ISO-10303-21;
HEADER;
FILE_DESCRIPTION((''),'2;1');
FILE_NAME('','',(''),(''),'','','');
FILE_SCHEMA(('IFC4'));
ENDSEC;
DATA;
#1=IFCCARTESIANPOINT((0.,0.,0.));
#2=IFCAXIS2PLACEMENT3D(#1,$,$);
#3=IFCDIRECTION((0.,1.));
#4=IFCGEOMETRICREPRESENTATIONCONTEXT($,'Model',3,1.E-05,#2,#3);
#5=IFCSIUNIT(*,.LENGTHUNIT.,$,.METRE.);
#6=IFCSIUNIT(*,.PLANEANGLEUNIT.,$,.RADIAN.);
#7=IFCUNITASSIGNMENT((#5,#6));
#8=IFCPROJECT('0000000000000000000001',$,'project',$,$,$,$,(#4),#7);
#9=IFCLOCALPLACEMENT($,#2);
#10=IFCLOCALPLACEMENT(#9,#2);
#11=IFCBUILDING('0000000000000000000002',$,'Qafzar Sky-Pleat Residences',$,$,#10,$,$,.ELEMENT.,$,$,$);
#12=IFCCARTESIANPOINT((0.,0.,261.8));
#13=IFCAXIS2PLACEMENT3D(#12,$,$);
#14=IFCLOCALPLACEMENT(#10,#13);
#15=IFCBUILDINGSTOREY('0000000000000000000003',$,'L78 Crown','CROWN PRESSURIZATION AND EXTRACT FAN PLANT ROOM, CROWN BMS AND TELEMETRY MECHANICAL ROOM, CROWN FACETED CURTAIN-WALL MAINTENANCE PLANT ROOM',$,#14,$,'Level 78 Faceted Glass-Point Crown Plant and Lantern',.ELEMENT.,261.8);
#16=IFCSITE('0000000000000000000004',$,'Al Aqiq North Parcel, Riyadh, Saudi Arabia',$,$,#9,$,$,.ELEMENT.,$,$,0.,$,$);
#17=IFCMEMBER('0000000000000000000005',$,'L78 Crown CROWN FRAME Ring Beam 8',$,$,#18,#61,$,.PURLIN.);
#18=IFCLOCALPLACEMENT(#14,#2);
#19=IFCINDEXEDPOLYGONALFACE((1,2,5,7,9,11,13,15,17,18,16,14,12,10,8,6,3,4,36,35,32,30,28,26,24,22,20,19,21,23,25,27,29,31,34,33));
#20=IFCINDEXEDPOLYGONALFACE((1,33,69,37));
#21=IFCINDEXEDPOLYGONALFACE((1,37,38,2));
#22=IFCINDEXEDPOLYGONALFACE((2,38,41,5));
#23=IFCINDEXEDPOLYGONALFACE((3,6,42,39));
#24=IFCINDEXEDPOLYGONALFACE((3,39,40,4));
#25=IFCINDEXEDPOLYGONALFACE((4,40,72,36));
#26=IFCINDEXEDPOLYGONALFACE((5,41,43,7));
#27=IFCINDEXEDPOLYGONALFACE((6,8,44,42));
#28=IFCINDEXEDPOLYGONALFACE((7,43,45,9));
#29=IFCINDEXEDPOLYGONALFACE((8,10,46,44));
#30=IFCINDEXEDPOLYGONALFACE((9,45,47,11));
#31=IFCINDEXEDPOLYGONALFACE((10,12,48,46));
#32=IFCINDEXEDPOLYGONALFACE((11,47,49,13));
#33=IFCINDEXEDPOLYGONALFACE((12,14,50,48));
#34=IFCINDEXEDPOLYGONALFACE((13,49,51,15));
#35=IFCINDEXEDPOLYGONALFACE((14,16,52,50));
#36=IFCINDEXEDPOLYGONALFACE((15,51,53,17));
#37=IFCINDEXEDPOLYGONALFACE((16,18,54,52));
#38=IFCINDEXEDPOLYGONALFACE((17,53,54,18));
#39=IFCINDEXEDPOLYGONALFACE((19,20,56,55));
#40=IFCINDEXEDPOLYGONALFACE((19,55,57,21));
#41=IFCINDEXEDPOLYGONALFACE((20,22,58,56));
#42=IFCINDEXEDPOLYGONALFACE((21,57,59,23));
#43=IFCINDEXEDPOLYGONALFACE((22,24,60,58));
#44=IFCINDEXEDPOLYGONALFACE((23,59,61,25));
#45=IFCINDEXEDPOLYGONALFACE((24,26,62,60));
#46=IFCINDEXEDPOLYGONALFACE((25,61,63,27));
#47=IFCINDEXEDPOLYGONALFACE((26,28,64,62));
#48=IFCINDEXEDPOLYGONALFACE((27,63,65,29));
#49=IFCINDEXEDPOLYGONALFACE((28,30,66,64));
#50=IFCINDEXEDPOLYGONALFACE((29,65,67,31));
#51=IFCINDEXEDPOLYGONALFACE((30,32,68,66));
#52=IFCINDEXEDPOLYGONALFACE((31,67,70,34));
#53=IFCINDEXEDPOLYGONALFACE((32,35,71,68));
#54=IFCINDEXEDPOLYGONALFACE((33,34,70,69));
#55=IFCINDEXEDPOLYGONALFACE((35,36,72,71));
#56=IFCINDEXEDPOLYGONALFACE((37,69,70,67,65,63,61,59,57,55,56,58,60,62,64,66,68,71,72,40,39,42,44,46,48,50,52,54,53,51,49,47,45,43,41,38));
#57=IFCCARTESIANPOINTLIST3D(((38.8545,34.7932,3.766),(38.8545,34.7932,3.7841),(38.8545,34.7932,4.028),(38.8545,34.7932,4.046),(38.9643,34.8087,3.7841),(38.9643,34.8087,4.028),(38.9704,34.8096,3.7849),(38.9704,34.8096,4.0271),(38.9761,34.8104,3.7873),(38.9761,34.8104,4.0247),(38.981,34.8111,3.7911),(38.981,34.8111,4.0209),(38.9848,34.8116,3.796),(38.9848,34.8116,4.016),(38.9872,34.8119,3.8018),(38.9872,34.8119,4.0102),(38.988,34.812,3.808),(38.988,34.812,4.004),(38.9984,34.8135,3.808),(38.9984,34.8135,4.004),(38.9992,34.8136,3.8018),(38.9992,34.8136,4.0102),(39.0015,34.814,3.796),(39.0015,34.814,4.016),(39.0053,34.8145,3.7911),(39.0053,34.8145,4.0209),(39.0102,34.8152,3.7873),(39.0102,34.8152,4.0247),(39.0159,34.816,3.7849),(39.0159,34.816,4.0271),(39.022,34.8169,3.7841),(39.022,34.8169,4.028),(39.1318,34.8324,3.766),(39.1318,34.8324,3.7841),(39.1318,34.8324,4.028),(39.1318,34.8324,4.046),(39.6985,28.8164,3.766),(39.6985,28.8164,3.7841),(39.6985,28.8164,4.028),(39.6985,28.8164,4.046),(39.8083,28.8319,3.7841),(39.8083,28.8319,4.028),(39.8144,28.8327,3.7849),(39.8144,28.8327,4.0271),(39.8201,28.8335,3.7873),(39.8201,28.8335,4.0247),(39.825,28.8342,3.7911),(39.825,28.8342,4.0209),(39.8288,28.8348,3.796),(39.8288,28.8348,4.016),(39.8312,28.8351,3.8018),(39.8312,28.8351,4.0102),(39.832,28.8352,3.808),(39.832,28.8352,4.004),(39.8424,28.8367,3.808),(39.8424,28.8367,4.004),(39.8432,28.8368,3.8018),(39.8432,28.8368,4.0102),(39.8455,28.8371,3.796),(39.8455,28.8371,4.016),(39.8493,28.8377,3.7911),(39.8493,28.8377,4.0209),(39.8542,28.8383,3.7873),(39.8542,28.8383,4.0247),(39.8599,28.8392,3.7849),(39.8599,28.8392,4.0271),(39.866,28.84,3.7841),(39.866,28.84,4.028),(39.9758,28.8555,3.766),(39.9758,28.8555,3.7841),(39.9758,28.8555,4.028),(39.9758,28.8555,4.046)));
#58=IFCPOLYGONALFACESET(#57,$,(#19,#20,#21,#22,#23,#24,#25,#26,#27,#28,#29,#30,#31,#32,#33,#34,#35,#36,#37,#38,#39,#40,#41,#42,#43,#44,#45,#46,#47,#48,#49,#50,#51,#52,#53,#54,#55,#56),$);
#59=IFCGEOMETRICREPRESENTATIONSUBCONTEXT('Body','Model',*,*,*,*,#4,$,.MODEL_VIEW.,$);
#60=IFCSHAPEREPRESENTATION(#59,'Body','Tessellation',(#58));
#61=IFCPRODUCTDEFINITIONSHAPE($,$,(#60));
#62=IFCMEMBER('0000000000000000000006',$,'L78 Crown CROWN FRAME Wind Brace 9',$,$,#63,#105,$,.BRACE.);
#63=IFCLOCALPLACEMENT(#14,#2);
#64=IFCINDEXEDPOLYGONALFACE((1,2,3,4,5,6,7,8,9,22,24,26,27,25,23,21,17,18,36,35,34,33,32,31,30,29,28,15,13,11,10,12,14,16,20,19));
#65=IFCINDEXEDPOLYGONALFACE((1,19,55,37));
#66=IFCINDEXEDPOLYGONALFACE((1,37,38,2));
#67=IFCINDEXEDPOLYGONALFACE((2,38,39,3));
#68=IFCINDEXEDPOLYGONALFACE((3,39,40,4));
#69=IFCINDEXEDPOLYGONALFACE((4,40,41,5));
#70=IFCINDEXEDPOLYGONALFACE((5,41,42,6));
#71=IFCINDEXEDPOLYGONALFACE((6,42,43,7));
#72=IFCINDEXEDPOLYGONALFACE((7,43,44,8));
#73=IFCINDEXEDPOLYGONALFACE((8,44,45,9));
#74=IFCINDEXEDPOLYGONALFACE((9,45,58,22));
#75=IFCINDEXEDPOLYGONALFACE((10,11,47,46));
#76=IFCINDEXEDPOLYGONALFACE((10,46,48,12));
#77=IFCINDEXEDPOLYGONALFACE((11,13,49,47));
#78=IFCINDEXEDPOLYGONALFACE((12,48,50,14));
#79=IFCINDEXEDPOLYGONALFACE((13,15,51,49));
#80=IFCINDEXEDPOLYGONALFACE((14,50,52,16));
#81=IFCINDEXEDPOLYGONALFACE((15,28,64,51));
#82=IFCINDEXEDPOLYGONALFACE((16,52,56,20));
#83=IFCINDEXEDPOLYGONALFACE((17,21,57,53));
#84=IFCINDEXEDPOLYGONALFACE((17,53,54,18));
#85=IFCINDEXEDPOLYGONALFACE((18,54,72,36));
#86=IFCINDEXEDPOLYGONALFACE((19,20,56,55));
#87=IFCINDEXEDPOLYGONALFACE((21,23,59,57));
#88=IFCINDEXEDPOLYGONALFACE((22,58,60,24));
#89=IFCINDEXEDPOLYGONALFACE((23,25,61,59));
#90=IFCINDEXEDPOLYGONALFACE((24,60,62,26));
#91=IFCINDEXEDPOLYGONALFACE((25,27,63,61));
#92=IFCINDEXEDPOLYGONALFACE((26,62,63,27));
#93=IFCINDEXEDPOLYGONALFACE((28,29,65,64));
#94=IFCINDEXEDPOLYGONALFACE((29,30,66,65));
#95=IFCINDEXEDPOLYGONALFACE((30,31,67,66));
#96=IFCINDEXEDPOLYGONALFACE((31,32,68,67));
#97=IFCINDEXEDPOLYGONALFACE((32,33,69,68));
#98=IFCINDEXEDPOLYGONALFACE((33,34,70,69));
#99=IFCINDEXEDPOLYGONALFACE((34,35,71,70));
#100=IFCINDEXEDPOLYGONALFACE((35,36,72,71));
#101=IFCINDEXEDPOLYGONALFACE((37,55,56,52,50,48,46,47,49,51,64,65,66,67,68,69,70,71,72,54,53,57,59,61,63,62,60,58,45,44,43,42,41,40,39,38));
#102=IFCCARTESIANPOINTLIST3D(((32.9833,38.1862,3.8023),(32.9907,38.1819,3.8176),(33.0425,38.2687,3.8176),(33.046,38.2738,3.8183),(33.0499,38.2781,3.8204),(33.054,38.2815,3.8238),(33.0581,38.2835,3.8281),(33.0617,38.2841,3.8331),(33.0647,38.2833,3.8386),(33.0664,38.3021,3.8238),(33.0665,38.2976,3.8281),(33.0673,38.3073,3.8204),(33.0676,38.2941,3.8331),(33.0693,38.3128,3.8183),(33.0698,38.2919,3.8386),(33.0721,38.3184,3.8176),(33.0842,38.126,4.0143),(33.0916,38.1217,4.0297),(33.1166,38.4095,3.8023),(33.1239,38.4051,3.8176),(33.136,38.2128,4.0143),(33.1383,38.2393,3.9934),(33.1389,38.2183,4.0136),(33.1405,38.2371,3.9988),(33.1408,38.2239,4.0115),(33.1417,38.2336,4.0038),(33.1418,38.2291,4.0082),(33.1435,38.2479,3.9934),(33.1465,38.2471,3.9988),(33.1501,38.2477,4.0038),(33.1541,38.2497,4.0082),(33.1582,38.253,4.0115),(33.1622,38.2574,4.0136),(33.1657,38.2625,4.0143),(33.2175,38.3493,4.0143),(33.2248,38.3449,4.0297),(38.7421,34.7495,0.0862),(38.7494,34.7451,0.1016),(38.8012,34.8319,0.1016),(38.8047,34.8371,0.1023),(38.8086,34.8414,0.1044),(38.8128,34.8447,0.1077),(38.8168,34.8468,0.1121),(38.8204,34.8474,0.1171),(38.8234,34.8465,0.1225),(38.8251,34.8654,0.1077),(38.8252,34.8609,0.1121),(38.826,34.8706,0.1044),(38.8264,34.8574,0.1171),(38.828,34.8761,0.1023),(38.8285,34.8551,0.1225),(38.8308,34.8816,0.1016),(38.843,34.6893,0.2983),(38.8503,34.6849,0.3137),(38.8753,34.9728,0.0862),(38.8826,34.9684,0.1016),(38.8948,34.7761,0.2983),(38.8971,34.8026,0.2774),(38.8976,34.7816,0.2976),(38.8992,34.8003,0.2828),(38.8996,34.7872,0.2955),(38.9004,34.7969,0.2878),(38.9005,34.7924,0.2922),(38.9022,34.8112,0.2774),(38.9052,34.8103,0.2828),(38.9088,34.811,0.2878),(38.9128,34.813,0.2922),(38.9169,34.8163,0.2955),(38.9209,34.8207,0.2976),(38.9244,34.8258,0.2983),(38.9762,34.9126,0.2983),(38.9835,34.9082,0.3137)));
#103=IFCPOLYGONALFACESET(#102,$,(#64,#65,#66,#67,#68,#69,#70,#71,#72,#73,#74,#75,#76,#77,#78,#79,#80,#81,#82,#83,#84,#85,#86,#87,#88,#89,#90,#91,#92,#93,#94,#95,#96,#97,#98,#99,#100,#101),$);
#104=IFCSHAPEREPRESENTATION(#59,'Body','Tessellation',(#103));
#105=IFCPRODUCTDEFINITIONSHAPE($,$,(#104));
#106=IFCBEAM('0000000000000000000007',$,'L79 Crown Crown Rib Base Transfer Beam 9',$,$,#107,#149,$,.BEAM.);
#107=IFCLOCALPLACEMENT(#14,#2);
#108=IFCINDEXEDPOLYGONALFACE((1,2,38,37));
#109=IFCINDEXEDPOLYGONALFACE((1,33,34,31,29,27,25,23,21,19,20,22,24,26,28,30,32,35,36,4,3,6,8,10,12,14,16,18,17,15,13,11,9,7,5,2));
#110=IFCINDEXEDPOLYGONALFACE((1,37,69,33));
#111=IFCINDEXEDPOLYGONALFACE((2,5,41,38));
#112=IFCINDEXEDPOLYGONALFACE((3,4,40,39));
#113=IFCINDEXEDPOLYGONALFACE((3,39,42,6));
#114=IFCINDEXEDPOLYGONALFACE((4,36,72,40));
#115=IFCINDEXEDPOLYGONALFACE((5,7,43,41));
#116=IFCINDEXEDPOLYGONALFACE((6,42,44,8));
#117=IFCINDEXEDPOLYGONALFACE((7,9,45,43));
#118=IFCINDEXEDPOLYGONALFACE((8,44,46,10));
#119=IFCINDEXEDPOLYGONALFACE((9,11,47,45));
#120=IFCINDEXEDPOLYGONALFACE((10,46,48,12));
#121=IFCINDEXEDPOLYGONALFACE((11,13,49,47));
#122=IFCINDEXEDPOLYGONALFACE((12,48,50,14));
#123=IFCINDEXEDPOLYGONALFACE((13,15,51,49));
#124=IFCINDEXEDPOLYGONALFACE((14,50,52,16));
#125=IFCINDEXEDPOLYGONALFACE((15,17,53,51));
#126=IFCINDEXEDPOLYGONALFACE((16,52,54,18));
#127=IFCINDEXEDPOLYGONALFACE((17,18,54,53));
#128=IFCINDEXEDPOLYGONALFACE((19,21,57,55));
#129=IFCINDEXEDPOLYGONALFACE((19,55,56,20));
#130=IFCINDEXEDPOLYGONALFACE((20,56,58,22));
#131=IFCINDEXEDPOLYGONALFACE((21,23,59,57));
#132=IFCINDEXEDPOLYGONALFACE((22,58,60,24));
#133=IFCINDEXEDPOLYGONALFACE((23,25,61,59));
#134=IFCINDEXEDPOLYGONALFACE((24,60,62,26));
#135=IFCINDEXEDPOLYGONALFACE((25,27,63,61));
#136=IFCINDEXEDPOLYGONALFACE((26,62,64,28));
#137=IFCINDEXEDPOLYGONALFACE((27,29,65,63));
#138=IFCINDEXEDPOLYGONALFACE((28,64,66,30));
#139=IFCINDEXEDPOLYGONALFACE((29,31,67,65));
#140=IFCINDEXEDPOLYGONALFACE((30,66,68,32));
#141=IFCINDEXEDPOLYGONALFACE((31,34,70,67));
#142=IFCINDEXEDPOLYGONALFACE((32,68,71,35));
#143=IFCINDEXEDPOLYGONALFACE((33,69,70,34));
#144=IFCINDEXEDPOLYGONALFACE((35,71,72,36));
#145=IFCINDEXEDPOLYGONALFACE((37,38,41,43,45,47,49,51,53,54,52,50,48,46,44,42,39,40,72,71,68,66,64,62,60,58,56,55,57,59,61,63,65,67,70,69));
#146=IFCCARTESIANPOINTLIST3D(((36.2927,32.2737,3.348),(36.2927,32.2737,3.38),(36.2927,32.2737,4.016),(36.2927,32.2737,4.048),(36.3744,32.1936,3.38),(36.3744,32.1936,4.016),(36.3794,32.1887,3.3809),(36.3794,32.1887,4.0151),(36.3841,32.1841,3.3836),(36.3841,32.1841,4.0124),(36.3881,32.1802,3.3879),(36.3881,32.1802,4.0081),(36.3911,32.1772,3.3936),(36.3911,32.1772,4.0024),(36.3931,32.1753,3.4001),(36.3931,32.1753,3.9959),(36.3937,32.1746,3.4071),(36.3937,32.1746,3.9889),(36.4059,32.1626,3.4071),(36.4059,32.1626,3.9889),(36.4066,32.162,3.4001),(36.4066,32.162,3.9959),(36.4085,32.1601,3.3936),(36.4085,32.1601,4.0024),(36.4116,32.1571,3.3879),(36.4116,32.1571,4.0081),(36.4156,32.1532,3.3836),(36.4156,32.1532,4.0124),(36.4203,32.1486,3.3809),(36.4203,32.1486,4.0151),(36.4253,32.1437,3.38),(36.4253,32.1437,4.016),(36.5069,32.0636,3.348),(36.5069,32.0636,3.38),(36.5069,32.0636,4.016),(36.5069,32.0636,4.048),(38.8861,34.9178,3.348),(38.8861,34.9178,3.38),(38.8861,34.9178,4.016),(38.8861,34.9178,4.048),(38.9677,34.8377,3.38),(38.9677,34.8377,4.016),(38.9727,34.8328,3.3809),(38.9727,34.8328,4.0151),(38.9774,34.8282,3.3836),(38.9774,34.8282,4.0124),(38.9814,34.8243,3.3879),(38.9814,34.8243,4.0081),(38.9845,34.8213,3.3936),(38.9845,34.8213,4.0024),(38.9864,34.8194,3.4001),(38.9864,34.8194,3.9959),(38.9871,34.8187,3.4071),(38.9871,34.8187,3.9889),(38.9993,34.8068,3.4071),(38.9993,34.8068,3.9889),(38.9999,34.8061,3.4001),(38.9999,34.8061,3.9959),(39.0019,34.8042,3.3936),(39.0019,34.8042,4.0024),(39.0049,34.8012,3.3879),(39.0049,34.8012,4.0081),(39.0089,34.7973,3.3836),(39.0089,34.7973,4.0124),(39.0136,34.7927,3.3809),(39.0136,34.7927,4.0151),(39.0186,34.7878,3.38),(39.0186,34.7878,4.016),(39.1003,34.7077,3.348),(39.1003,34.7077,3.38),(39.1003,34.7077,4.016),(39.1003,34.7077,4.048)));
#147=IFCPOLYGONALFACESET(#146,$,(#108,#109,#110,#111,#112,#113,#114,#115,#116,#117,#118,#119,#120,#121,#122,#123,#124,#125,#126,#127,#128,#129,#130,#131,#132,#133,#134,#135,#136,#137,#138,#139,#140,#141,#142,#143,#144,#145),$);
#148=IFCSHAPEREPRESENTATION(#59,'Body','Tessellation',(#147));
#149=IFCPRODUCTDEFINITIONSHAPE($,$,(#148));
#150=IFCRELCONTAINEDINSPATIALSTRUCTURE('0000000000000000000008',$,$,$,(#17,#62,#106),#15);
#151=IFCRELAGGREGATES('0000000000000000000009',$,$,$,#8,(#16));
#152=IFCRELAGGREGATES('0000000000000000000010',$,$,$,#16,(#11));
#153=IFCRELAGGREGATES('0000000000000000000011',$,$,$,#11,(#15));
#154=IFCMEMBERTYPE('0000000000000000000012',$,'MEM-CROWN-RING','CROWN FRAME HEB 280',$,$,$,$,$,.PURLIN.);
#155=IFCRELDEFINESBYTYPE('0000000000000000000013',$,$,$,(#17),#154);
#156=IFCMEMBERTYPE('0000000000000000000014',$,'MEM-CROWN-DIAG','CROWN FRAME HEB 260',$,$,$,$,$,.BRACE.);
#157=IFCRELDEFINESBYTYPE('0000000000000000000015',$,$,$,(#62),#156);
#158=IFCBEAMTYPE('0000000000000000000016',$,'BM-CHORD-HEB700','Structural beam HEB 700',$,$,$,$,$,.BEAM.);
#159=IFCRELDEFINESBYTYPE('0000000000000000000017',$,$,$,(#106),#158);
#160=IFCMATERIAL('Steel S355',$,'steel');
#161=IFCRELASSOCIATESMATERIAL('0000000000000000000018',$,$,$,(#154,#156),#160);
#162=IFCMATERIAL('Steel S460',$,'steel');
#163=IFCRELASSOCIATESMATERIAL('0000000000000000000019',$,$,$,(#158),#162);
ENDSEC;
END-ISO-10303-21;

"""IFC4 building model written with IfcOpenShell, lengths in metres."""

from ifc_helpers import new_model, si_unit, direction, frame, origin, origin_2d, place, context, subcontext, project, spatial, i_section, extrude, source, transform, mapped, material, material_profile, profile_set, type_object, element, save


model = new_model("IFC4")

# Units and contexts
model_context = context("Model", 3, precision=1e-05, world=origin(), true_north=direction((0.0, 1.0)))
body_context = subcontext(model_context, "Body", "Model", "MODEL_VIEW")
ifc_project = project(units=[si_unit("LENGTHUNIT", "METRE"), si_unit("PLANEANGLEUNIT", "RADIAN")], contexts=[model_context])

# Site, building, storey
site_placement = place(None, origin())
site = spatial("IfcSite", under=ifc_project, at=site_placement, Name="Al Aqiq North Parcel, Riyadh, Saudi Arabia", CompositionType="ELEMENT", RefElevation=0.0)
building_placement = place(site_placement, origin())
building = spatial("IfcBuilding", under=site, at=building_placement, Name="Qafzar Sky-Pleat Residences", CompositionType="ELEMENT")
storey_placement = place(building_placement, frame((0.0, 0.0, 261.8)))
storey = spatial("IfcBuildingStorey", under=building, at=storey_placement, Name="L78 Crown", Description="CROWN PRESSURIZATION AND EXTRACT FAN PLANT ROOM, CROWN BMS AND TELEMETRY MECHANICAL ROOM, CROWN FACETED CURTAIN-WALL MAINTENANCE PLANT ROOM", LongName="Level 78 Faceted Glass-Point Crown Plant and Lantern", CompositionType="ELEMENT", Elevation=261.8)

# Members
ifc_material_1 = material(Name="Steel S460", Category="steel")
ifc_material_2 = material(Name="Steel S355", Category="steel")
ifc_material_profile_1 = material_profile(ifc_material_2, i_section(OverallWidth=0.28, OverallDepth=0.28, WebThickness=0.0105, FlangeThickness=0.0181, FilletRadius=0.0239, at=origin_2d()), Name="HEB 280")
ifc_profile_set_1 = profile_set([ifc_material_profile_1], Name="Steel S355")
member_type_1 = type_object("IfcMemberType", Name="MEM-CROWN-RING", Description="CROWN FRAME HEB 280", PredefinedType="PURLIN", material=ifc_profile_set_1)
shared_shape_1 = source(origin(), body_context, "Body", "SweptSolid", [
    extrude(i_section(OverallWidth=0.28, OverallDepth=0.28, WebThickness=0.0105, FlangeThickness=0.0181, FilletRadius=0.0239, at=origin_2d()), origin(), (0.0, 0.0, 1.0), 6.0361),
])
member_1_placement = place(storey_placement, frame((39.8372, 28.8359, 3.906), z_axis=(-0.139824, 0.990176, 0.0), x_axis=(-0.990176, -0.139824, 0.0)))
element("IfcMember", 1, at=member_1_placement, inside=storey, type_object=member_type_1, Name="L78 Crown CROWN FRAME Ring Beam 8", PredefinedType="PURLIN", context=body_context, shape_type="MappedRepresentation", body=[
    mapped(shared_shape_1, transform((0.0, 0.0, 0.0), x_axis=(1.0, 0.0, 0.0), y_axis=(0.0, 1.0, 0.0), z_axis=(0.0, 0.0, 1.0), scale=1.0)),
])
ifc_material_profile_2 = material_profile(ifc_material_2, i_section(OverallWidth=0.26, OverallDepth=0.26, WebThickness=0.01, FlangeThickness=0.0176, FilletRadius=0.0239, at=origin_2d()), Name="HEB 260")
ifc_profile_set_2 = profile_set([ifc_material_profile_2], Name="Steel S355")
member_type_2 = type_object("IfcMemberType", Name="MEM-CROWN-DIAG", Description="CROWN FRAME HEB 260", PredefinedType="BRACE", material=ifc_profile_set_2)
shared_shape_2 = source(origin(), body_context, "Body", "SweptSolid", [
    extrude(i_section(OverallWidth=0.26, OverallDepth=0.26, WebThickness=0.01, FlangeThickness=0.0176, FilletRadius=0.0239, at=origin_2d()), origin(), (0.0, 0.0, 1.0), 7.667),
])
member_2_placement = place(storey_placement, frame((38.8628, 34.8289, 0.2), z_axis=(-0.751106, 0.44825, 0.484678), x_axis=(-0.512465, -0.858708, 0.0)))
element("IfcMember", 2, at=member_2_placement, inside=storey, type_object=member_type_2, Name="L78 Crown CROWN FRAME Wind Brace 9", PredefinedType="BRACE", context=body_context, shape_type="MappedRepresentation", body=[
    mapped(shared_shape_2, transform((0.0, 0.0, 0.0), x_axis=(1.0, 0.0, 0.0), y_axis=(0.0, 1.0, 0.0), z_axis=(0.0, 0.0, 1.0), scale=1.0)),
])

# Beam
ifc_material_profile_3 = material_profile(ifc_material_1, i_section(OverallWidth=0.3, OverallDepth=0.7, WebThickness=0.0171, FlangeThickness=0.032, FilletRadius=0.0271, at=origin_2d()), Name="HEB 700")
ifc_profile_set_3 = profile_set([ifc_material_profile_3], Name="Steel S460")
beam_type = type_object("IfcBeamType", Name="BM-CHORD-HEB700", Description="Structural beam HEB 700", PredefinedType="BEAM", material=ifc_profile_set_3)
shared_shape_3 = source(origin(), body_context, "Body", "SweptSolid", [
    extrude(i_section(OverallWidth=0.3, OverallDepth=0.7, WebThickness=0.0171, FlangeThickness=0.032, FilletRadius=0.0271, at=origin_2d()), origin(), (0.0, 0.0, 1.0), 3.7036),
])
beam_1_placement = place(storey_placement, frame((38.9932, 34.8127, 3.698), z_axis=(-0.700218, -0.713929, 0.0), x_axis=(0.713929, -0.700218, 0.0)))
element("IfcBeam", 3, at=beam_1_placement, inside=storey, type_object=beam_type, Name="L79 Crown Crown Rib Base Transfer Beam 9", PredefinedType="BEAM", context=body_context, shape_type="MappedRepresentation", body=[
    mapped(shared_shape_3, transform((0.0, 0.0, 0.0), x_axis=(1.0, 0.0, 0.0), y_axis=(0.0, 1.0, 0.0), z_axis=(0.0, 0.0, 1.0), scale=1.0)),
])

save(model, "model.ifc")
